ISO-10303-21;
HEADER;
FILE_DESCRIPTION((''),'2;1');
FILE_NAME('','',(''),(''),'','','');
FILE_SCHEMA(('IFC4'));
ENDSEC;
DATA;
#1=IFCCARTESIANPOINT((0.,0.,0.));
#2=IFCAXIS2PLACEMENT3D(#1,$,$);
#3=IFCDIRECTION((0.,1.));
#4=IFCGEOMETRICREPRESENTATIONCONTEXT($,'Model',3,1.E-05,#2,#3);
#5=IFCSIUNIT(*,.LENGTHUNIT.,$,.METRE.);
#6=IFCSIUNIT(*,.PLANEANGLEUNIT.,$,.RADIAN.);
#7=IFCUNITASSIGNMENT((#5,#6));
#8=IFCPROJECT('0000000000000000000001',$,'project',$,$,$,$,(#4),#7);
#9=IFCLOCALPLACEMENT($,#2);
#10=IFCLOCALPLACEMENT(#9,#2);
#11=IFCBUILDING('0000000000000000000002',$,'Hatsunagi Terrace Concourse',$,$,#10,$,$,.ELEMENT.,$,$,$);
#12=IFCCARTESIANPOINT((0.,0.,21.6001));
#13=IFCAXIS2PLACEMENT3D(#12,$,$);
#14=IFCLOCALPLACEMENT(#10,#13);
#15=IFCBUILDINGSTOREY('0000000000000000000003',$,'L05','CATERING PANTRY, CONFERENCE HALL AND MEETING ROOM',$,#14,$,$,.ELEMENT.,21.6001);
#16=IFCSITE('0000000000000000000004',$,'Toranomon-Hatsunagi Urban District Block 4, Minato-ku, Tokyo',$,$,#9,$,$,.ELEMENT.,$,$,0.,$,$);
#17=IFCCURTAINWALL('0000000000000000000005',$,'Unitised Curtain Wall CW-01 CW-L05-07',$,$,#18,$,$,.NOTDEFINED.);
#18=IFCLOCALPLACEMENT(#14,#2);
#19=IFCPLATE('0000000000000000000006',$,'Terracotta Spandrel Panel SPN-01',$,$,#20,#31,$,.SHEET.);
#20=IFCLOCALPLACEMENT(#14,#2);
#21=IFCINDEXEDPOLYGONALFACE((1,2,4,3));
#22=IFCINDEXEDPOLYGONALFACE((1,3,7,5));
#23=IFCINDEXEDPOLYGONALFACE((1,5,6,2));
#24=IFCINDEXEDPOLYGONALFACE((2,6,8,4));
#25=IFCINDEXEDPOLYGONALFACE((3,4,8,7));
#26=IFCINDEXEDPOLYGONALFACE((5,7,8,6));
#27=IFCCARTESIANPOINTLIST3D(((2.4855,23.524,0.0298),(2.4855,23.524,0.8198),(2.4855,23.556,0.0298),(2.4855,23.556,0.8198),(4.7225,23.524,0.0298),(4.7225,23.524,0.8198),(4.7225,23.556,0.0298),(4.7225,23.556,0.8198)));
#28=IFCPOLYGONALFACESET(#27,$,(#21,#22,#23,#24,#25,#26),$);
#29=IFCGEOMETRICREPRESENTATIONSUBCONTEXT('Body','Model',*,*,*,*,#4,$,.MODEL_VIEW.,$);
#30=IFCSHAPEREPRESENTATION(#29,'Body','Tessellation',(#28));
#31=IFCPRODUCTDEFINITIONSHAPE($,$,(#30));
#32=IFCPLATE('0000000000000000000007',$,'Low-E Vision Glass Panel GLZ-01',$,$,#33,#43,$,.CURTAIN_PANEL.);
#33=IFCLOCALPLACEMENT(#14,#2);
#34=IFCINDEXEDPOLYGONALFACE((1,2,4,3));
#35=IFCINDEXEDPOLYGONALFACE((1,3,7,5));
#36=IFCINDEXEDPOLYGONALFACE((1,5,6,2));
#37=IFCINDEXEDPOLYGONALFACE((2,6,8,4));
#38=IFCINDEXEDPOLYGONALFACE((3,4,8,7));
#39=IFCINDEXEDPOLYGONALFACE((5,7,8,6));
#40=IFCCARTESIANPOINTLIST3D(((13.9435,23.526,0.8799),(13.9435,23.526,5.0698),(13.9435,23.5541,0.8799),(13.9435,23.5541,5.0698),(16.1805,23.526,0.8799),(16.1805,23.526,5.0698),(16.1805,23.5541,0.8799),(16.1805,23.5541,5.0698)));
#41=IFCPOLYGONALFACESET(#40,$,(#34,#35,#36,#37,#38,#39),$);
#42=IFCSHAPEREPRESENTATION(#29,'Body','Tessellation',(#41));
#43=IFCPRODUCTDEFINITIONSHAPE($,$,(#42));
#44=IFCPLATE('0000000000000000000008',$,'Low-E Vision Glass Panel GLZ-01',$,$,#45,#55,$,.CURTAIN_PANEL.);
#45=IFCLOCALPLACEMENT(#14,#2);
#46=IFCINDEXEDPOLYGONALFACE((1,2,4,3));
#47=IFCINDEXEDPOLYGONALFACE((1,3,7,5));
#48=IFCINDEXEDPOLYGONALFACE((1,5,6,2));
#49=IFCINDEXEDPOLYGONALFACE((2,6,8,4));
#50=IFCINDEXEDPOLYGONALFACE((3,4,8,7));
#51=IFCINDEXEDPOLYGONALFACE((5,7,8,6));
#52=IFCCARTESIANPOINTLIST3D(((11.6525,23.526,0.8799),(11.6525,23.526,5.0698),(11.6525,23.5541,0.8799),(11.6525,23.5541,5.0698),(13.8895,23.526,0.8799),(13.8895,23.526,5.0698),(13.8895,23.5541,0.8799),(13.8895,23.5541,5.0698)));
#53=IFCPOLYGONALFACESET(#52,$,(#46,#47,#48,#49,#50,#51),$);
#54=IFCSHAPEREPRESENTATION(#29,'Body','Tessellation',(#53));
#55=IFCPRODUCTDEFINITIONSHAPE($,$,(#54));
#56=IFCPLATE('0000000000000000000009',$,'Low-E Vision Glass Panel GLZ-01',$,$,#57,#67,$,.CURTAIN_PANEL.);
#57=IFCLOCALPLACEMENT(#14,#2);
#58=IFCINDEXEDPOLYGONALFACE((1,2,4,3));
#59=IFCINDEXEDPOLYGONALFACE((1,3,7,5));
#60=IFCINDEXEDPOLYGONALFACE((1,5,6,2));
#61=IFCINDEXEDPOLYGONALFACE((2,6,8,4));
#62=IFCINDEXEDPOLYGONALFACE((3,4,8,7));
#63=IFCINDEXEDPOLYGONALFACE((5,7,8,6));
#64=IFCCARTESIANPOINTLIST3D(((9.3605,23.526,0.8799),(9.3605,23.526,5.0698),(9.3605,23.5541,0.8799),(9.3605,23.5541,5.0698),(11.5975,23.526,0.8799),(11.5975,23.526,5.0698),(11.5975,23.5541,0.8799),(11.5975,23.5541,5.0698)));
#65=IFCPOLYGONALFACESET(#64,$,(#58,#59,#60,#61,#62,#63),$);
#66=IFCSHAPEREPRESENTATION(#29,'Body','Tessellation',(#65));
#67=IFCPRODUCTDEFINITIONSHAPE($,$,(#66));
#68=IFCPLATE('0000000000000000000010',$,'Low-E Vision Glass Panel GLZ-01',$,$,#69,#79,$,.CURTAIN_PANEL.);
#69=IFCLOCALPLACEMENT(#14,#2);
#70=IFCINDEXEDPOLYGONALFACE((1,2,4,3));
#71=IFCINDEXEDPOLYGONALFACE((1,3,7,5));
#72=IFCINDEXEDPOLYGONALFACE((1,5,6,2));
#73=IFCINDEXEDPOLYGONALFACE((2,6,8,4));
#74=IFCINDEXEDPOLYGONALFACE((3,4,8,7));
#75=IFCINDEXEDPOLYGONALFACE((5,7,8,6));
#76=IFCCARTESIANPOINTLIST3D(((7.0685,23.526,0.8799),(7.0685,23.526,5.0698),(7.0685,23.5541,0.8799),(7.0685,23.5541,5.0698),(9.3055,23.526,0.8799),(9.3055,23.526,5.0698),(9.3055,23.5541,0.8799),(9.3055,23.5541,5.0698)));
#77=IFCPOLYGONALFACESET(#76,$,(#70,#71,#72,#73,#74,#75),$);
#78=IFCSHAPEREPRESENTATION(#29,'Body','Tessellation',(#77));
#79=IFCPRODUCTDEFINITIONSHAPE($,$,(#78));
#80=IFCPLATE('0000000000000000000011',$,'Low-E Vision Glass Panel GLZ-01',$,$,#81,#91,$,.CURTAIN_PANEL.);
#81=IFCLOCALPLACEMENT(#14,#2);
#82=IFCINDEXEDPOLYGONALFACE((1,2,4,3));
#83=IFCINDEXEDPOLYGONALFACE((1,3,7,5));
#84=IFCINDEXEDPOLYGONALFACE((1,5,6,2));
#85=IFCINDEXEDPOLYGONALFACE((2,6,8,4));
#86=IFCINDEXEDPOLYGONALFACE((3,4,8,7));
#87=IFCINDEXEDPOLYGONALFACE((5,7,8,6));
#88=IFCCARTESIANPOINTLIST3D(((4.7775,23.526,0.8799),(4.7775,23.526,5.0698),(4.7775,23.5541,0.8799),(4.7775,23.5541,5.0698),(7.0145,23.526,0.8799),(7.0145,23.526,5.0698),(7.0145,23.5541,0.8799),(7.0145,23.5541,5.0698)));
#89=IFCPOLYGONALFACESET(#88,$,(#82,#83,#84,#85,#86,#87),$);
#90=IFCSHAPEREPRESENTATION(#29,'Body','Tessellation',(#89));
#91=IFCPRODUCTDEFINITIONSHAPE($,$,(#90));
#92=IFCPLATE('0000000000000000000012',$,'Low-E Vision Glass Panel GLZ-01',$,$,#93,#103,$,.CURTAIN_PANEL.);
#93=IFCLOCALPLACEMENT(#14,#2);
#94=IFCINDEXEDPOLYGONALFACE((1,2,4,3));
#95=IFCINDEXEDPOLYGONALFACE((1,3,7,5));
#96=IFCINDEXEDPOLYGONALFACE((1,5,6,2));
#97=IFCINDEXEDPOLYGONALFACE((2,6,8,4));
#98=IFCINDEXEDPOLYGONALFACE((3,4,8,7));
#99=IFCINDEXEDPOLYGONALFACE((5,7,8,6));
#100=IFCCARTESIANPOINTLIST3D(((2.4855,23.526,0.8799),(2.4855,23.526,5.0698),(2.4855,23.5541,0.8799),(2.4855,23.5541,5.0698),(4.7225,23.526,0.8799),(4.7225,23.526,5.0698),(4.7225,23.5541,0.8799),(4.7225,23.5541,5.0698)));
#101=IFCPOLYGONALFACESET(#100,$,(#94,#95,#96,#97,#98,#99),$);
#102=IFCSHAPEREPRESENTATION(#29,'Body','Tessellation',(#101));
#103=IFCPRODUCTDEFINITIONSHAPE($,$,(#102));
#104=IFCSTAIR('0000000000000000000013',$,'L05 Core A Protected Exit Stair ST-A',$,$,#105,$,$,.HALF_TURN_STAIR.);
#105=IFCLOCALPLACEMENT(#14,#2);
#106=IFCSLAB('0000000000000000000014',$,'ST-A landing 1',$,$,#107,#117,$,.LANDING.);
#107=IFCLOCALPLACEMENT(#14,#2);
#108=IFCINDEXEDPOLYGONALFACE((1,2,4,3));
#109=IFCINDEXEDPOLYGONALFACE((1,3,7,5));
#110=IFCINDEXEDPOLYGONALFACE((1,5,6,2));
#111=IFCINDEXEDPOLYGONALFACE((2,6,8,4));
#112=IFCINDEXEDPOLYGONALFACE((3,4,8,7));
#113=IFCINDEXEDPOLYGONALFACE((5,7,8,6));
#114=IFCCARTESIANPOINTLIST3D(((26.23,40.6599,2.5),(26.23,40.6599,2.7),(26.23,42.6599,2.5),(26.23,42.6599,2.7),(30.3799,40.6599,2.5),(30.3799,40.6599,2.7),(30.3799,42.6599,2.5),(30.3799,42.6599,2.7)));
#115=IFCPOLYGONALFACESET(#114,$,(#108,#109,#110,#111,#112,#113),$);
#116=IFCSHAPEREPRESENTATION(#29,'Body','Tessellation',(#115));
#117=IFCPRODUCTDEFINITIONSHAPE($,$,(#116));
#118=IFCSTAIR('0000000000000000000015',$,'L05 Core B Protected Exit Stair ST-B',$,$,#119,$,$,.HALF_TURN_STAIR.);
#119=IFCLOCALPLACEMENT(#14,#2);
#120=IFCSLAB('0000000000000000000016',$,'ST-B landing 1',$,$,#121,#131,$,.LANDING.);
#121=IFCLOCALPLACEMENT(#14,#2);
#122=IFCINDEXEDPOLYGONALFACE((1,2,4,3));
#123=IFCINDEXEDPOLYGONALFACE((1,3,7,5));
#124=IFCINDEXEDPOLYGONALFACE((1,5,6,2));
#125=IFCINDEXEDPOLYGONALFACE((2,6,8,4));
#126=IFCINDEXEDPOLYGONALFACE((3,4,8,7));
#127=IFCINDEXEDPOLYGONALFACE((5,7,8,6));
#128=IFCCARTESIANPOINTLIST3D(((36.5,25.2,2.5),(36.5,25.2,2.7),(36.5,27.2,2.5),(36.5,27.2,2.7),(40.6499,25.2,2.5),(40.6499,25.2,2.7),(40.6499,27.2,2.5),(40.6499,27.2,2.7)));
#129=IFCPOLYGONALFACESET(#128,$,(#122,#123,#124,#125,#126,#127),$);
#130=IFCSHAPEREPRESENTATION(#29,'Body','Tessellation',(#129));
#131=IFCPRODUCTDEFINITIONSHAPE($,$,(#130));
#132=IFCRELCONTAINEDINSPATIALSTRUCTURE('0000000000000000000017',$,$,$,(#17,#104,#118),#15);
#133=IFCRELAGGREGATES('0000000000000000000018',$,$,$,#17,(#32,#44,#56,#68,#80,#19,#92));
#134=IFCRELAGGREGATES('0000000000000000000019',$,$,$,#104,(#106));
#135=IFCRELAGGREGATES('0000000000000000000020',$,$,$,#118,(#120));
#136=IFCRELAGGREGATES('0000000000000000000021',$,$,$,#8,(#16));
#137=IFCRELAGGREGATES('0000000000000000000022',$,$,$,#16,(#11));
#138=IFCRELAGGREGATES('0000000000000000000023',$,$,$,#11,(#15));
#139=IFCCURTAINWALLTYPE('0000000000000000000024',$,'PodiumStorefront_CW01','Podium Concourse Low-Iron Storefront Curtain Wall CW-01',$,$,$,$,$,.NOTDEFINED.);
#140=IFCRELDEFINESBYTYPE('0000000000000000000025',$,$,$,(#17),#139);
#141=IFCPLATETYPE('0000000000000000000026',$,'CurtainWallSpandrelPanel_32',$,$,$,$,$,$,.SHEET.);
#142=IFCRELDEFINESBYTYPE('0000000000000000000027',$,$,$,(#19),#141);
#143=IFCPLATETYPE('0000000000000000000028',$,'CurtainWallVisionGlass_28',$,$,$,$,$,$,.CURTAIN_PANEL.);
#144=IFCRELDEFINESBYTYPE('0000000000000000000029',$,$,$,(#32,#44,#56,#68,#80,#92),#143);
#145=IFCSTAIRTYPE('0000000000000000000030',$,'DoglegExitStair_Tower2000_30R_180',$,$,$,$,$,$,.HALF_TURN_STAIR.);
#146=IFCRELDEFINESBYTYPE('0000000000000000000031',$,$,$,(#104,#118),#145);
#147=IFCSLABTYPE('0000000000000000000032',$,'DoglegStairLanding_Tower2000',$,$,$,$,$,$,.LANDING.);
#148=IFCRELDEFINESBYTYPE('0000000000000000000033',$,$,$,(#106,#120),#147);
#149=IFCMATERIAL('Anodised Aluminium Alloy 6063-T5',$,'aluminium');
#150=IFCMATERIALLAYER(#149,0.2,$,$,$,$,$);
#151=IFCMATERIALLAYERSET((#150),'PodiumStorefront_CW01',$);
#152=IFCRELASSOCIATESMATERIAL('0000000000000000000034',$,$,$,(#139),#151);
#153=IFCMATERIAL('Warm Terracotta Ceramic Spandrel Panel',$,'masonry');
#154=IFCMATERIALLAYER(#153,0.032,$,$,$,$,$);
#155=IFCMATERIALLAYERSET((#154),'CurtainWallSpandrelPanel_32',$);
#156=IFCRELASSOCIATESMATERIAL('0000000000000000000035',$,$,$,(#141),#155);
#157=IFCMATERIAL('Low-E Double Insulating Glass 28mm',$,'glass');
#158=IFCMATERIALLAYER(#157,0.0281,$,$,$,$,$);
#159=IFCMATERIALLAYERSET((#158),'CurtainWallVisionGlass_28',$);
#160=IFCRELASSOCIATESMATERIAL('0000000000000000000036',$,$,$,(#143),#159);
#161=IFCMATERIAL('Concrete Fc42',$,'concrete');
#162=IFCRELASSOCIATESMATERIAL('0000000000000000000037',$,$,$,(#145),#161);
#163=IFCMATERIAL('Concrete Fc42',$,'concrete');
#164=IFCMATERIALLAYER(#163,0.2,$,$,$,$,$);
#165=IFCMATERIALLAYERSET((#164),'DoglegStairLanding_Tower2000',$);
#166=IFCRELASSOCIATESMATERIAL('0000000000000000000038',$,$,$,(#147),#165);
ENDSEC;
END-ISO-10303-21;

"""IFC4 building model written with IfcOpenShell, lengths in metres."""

from ifc_helpers import new_model, si_unit, direction, frame, origin, origin_2d, place, context, subcontext, project, spatial, polyline, rectangle, outline, extrude, material, layer, layer_set, type_object, element, aggregate, save


model = new_model("IFC4")

# Units and contexts
model_context = context("Model", 3, precision=1e-05, world=origin(), true_north=direction((0.0, 1.0)))
body_context = subcontext(model_context, "Body", "Model", "MODEL_VIEW")
ifc_project = project(units=[si_unit("LENGTHUNIT", "METRE"), si_unit("PLANEANGLEUNIT", "RADIAN")], contexts=[model_context])

# Site, building, storey
site_placement = place(None, origin())
site = spatial("IfcSite", under=ifc_project, at=site_placement, Name="Toranomon-Hatsunagi Urban District Block 4, Minato-ku, Tokyo", CompositionType="ELEMENT", RefElevation=0.0)
building_placement = place(site_placement, origin())
building = spatial("IfcBuilding", under=site, at=building_placement, Name="Hatsunagi Terrace Concourse", CompositionType="ELEMENT")
storey_placement = place(building_placement, frame((0.0, 0.0, 21.6001)))
storey = spatial("IfcBuildingStorey", under=building, at=storey_placement, Name="L05", Description="CATERING PANTRY, CONFERENCE HALL AND MEETING ROOM", CompositionType="ELEMENT", Elevation=21.6001)

# Curtain wall, plates
ifc_material_1 = material(Name="Anodised Aluminium Alloy 6063-T5", Category="aluminium")
ifc_layer_1 = layer(ifc_material_1, 0.2)
ifc_layer_set_1 = layer_set([ifc_layer_1], Name="PodiumStorefront_CW01")
curtain_wall_type = type_object("IfcCurtainWallType", Name="PodiumStorefront_CW01", Description="Podium Concourse Low-Iron Storefront Curtain Wall CW-01", PredefinedType="NOTDEFINED", material=ifc_layer_set_1)
curtain_wall_placement = place(storey_placement, origin())
curtain_wall = element("IfcCurtainWall", 1, at=curtain_wall_placement, inside=storey, type_object=curtain_wall_type, Name="Unitised Curtain Wall CW-01 CW-L05-07", PredefinedType="NOTDEFINED")
ifc_material_2 = material(Name="Warm Terracotta Ceramic Spandrel Panel", Category="masonry")
ifc_layer_2 = layer(ifc_material_2, 0.032)
ifc_layer_set_2 = layer_set([ifc_layer_2], Name="CurtainWallSpandrelPanel_32")
plate_type_1 = type_object("IfcPlateType", Name="CurtainWallSpandrelPanel_32", PredefinedType="SHEET", material=ifc_layer_set_2)
plate_1_placement = place(storey_placement, frame((3.604, 23.54, 0.0298), z_axis=(0.0, 0.0, 1.0), x_axis=(-1.0, 0.0, 0.0)))
plate_1 = element("IfcPlate", 2, at=plate_1_placement, type_object=plate_type_1, Name="Terracotta Spandrel Panel SPN-01", PredefinedType="SHEET", context=body_context, shape_type="SweptSolid", body=[
    extrude(rectangle(XDim=2.2371, YDim=0.032, at=origin_2d()), origin(), (0.0, 0.0, 1.0), 0.79),
])
ifc_material_3 = material(Name="Low-E Double Insulating Glass 28mm", Category="glass")
ifc_layer_3 = layer(ifc_material_3, 0.0281)
ifc_layer_set_3 = layer_set([ifc_layer_3], Name="CurtainWallVisionGlass_28")
plate_type_2 = type_object("IfcPlateType", Name="CurtainWallVisionGlass_28", PredefinedType="CURTAIN_PANEL", material=ifc_layer_set_3)
plate_2_placement = place(storey_placement, frame((15.062, 23.54, 0.8799), z_axis=(0.0, 0.0, 1.0), x_axis=(-1.0, 0.0, 0.0)))
plate_2 = element("IfcPlate", 3, at=plate_2_placement, type_object=plate_type_2, Name="Low-E Vision Glass Panel GLZ-01", PredefinedType="CURTAIN_PANEL", context=body_context, shape_type="SweptSolid", body=[
    extrude(rectangle(XDim=2.2371, YDim=0.0281, at=origin_2d()), origin(), (0.0, 0.0, 1.0), 4.1899),
])
plate_3_placement = place(storey_placement, frame((12.771, 23.54, 0.8799), z_axis=(0.0, 0.0, 1.0), x_axis=(-1.0, 0.0, 0.0)))
plate_3 = element("IfcPlate", 4, at=plate_3_placement, type_object=plate_type_2, Name="Low-E Vision Glass Panel GLZ-01", PredefinedType="CURTAIN_PANEL", context=body_context, shape_type="SweptSolid", body=[
    extrude(rectangle(XDim=2.2371, YDim=0.0281, at=origin_2d()), origin(), (0.0, 0.0, 1.0), 4.1899),
])
plate_4_placement = place(storey_placement, frame((10.479, 23.54, 0.8799), z_axis=(0.0, 0.0, 1.0), x_axis=(-1.0, 0.0, 0.0)))
plate_4 = element("IfcPlate", 5, at=plate_4_placement, type_object=plate_type_2, Name="Low-E Vision Glass Panel GLZ-01", PredefinedType="CURTAIN_PANEL", context=body_context, shape_type="SweptSolid", body=[
    extrude(rectangle(XDim=2.2371, YDim=0.0281, at=origin_2d()), origin(), (0.0, 0.0, 1.0), 4.1899),
])
plate_5_placement = place(storey_placement, frame((8.187, 23.54, 0.8799), z_axis=(0.0, 0.0, 1.0), x_axis=(-1.0, 0.0, 0.0)))
plate_5 = element("IfcPlate", 6, at=plate_5_placement, type_object=plate_type_2, Name="Low-E Vision Glass Panel GLZ-01", PredefinedType="CURTAIN_PANEL", context=body_context, shape_type="SweptSolid", body=[
    extrude(rectangle(XDim=2.2371, YDim=0.0281, at=origin_2d()), origin(), (0.0, 0.0, 1.0), 4.1899),
])
plate_6_placement = place(storey_placement, frame((5.896, 23.54, 0.8799), z_axis=(0.0, 0.0, 1.0), x_axis=(-1.0, 0.0, 0.0)))
plate_6 = element("IfcPlate", 7, at=plate_6_placement, type_object=plate_type_2, Name="Low-E Vision Glass Panel GLZ-01", PredefinedType="CURTAIN_PANEL", context=body_context, shape_type="SweptSolid", body=[
    extrude(rectangle(XDim=2.2371, YDim=0.0281, at=origin_2d()), origin(), (0.0, 0.0, 1.0), 4.1899),
])
plate_7_placement = place(storey_placement, frame((3.604, 23.54, 0.8799), z_axis=(0.0, 0.0, 1.0), x_axis=(-1.0, 0.0, 0.0)))
plate_7 = element("IfcPlate", 8, at=plate_7_placement, type_object=plate_type_2, Name="Low-E Vision Glass Panel GLZ-01", PredefinedType="CURTAIN_PANEL", context=body_context, shape_type="SweptSolid", body=[
    extrude(rectangle(XDim=2.2371, YDim=0.0281, at=origin_2d()), origin(), (0.0, 0.0, 1.0), 4.1899),
])
aggregate(curtain_wall, [plate_2, plate_3, plate_4, plate_5, plate_6, plate_1, plate_7])

# Stairs, slabs
ifc_material_4 = material(Name="Concrete Fc42", Category="concrete")
stair_type = type_object("IfcStairType", Name="DoglegExitStair_Tower2000_30R_180", PredefinedType="HALF_TURN_STAIR", material=ifc_material_4)
stair_1_placement = place(storey_placement, origin())
stair_1 = element("IfcStair", 9, at=stair_1_placement, inside=storey, type_object=stair_type, Name="L05 Core A Protected Exit Stair ST-A", PredefinedType="HALF_TURN_STAIR")
ifc_material_5 = material(Name="Concrete Fc42", Category="concrete")
ifc_layer_4 = layer(ifc_material_5, 0.2)
ifc_layer_set_4 = layer_set([ifc_layer_4], Name="DoglegStairLanding_Tower2000")
slab_type_1 = type_object("IfcSlabType", Name="DoglegStairLanding_Tower2000", PredefinedType="LANDING", material=ifc_layer_set_4)
slab_1_placement = place(storey_placement, frame((0.0, 0.0, 2.5)))
slab_1 = element("IfcSlab", 10, at=slab_1_placement, type_object=slab_type_1, Name="ST-A landing 1", PredefinedType="LANDING", context=body_context, shape_type="SweptSolid", body=[
    extrude(outline(polyline([(30.3799, 40.6599), (30.3799, 42.6599), (26.23, 42.6599), (26.23, 40.6599), (30.3799, 40.6599)])), origin(), (0.0, 0.0, 1.0), 0.2),
])
aggregate(stair_1, [slab_1])
stair_2_placement = place(storey_placement, origin())
stair_2 = element("IfcStair", 11, at=stair_2_placement, inside=storey, type_object=stair_type, Name="L05 Core B Protected Exit Stair ST-B", PredefinedType="HALF_TURN_STAIR")
slab_2_placement = place(storey_placement, frame((0.0, 0.0, 2.5)))
slab_2 = element("IfcSlab", 12, at=slab_2_placement, type_object=slab_type_1, Name="ST-B landing 1", PredefinedType="LANDING", context=body_context, shape_type="SweptSolid", body=[
    extrude(outline(polyline([(36.5, 27.2), (36.5, 25.2), (40.6499, 25.2), (40.6499, 27.2), (36.5, 27.2)])), origin(), (0.0, 0.0, 1.0), 0.2),
])
aggregate(stair_2, [slab_2])

save(model, "model.ifc")
